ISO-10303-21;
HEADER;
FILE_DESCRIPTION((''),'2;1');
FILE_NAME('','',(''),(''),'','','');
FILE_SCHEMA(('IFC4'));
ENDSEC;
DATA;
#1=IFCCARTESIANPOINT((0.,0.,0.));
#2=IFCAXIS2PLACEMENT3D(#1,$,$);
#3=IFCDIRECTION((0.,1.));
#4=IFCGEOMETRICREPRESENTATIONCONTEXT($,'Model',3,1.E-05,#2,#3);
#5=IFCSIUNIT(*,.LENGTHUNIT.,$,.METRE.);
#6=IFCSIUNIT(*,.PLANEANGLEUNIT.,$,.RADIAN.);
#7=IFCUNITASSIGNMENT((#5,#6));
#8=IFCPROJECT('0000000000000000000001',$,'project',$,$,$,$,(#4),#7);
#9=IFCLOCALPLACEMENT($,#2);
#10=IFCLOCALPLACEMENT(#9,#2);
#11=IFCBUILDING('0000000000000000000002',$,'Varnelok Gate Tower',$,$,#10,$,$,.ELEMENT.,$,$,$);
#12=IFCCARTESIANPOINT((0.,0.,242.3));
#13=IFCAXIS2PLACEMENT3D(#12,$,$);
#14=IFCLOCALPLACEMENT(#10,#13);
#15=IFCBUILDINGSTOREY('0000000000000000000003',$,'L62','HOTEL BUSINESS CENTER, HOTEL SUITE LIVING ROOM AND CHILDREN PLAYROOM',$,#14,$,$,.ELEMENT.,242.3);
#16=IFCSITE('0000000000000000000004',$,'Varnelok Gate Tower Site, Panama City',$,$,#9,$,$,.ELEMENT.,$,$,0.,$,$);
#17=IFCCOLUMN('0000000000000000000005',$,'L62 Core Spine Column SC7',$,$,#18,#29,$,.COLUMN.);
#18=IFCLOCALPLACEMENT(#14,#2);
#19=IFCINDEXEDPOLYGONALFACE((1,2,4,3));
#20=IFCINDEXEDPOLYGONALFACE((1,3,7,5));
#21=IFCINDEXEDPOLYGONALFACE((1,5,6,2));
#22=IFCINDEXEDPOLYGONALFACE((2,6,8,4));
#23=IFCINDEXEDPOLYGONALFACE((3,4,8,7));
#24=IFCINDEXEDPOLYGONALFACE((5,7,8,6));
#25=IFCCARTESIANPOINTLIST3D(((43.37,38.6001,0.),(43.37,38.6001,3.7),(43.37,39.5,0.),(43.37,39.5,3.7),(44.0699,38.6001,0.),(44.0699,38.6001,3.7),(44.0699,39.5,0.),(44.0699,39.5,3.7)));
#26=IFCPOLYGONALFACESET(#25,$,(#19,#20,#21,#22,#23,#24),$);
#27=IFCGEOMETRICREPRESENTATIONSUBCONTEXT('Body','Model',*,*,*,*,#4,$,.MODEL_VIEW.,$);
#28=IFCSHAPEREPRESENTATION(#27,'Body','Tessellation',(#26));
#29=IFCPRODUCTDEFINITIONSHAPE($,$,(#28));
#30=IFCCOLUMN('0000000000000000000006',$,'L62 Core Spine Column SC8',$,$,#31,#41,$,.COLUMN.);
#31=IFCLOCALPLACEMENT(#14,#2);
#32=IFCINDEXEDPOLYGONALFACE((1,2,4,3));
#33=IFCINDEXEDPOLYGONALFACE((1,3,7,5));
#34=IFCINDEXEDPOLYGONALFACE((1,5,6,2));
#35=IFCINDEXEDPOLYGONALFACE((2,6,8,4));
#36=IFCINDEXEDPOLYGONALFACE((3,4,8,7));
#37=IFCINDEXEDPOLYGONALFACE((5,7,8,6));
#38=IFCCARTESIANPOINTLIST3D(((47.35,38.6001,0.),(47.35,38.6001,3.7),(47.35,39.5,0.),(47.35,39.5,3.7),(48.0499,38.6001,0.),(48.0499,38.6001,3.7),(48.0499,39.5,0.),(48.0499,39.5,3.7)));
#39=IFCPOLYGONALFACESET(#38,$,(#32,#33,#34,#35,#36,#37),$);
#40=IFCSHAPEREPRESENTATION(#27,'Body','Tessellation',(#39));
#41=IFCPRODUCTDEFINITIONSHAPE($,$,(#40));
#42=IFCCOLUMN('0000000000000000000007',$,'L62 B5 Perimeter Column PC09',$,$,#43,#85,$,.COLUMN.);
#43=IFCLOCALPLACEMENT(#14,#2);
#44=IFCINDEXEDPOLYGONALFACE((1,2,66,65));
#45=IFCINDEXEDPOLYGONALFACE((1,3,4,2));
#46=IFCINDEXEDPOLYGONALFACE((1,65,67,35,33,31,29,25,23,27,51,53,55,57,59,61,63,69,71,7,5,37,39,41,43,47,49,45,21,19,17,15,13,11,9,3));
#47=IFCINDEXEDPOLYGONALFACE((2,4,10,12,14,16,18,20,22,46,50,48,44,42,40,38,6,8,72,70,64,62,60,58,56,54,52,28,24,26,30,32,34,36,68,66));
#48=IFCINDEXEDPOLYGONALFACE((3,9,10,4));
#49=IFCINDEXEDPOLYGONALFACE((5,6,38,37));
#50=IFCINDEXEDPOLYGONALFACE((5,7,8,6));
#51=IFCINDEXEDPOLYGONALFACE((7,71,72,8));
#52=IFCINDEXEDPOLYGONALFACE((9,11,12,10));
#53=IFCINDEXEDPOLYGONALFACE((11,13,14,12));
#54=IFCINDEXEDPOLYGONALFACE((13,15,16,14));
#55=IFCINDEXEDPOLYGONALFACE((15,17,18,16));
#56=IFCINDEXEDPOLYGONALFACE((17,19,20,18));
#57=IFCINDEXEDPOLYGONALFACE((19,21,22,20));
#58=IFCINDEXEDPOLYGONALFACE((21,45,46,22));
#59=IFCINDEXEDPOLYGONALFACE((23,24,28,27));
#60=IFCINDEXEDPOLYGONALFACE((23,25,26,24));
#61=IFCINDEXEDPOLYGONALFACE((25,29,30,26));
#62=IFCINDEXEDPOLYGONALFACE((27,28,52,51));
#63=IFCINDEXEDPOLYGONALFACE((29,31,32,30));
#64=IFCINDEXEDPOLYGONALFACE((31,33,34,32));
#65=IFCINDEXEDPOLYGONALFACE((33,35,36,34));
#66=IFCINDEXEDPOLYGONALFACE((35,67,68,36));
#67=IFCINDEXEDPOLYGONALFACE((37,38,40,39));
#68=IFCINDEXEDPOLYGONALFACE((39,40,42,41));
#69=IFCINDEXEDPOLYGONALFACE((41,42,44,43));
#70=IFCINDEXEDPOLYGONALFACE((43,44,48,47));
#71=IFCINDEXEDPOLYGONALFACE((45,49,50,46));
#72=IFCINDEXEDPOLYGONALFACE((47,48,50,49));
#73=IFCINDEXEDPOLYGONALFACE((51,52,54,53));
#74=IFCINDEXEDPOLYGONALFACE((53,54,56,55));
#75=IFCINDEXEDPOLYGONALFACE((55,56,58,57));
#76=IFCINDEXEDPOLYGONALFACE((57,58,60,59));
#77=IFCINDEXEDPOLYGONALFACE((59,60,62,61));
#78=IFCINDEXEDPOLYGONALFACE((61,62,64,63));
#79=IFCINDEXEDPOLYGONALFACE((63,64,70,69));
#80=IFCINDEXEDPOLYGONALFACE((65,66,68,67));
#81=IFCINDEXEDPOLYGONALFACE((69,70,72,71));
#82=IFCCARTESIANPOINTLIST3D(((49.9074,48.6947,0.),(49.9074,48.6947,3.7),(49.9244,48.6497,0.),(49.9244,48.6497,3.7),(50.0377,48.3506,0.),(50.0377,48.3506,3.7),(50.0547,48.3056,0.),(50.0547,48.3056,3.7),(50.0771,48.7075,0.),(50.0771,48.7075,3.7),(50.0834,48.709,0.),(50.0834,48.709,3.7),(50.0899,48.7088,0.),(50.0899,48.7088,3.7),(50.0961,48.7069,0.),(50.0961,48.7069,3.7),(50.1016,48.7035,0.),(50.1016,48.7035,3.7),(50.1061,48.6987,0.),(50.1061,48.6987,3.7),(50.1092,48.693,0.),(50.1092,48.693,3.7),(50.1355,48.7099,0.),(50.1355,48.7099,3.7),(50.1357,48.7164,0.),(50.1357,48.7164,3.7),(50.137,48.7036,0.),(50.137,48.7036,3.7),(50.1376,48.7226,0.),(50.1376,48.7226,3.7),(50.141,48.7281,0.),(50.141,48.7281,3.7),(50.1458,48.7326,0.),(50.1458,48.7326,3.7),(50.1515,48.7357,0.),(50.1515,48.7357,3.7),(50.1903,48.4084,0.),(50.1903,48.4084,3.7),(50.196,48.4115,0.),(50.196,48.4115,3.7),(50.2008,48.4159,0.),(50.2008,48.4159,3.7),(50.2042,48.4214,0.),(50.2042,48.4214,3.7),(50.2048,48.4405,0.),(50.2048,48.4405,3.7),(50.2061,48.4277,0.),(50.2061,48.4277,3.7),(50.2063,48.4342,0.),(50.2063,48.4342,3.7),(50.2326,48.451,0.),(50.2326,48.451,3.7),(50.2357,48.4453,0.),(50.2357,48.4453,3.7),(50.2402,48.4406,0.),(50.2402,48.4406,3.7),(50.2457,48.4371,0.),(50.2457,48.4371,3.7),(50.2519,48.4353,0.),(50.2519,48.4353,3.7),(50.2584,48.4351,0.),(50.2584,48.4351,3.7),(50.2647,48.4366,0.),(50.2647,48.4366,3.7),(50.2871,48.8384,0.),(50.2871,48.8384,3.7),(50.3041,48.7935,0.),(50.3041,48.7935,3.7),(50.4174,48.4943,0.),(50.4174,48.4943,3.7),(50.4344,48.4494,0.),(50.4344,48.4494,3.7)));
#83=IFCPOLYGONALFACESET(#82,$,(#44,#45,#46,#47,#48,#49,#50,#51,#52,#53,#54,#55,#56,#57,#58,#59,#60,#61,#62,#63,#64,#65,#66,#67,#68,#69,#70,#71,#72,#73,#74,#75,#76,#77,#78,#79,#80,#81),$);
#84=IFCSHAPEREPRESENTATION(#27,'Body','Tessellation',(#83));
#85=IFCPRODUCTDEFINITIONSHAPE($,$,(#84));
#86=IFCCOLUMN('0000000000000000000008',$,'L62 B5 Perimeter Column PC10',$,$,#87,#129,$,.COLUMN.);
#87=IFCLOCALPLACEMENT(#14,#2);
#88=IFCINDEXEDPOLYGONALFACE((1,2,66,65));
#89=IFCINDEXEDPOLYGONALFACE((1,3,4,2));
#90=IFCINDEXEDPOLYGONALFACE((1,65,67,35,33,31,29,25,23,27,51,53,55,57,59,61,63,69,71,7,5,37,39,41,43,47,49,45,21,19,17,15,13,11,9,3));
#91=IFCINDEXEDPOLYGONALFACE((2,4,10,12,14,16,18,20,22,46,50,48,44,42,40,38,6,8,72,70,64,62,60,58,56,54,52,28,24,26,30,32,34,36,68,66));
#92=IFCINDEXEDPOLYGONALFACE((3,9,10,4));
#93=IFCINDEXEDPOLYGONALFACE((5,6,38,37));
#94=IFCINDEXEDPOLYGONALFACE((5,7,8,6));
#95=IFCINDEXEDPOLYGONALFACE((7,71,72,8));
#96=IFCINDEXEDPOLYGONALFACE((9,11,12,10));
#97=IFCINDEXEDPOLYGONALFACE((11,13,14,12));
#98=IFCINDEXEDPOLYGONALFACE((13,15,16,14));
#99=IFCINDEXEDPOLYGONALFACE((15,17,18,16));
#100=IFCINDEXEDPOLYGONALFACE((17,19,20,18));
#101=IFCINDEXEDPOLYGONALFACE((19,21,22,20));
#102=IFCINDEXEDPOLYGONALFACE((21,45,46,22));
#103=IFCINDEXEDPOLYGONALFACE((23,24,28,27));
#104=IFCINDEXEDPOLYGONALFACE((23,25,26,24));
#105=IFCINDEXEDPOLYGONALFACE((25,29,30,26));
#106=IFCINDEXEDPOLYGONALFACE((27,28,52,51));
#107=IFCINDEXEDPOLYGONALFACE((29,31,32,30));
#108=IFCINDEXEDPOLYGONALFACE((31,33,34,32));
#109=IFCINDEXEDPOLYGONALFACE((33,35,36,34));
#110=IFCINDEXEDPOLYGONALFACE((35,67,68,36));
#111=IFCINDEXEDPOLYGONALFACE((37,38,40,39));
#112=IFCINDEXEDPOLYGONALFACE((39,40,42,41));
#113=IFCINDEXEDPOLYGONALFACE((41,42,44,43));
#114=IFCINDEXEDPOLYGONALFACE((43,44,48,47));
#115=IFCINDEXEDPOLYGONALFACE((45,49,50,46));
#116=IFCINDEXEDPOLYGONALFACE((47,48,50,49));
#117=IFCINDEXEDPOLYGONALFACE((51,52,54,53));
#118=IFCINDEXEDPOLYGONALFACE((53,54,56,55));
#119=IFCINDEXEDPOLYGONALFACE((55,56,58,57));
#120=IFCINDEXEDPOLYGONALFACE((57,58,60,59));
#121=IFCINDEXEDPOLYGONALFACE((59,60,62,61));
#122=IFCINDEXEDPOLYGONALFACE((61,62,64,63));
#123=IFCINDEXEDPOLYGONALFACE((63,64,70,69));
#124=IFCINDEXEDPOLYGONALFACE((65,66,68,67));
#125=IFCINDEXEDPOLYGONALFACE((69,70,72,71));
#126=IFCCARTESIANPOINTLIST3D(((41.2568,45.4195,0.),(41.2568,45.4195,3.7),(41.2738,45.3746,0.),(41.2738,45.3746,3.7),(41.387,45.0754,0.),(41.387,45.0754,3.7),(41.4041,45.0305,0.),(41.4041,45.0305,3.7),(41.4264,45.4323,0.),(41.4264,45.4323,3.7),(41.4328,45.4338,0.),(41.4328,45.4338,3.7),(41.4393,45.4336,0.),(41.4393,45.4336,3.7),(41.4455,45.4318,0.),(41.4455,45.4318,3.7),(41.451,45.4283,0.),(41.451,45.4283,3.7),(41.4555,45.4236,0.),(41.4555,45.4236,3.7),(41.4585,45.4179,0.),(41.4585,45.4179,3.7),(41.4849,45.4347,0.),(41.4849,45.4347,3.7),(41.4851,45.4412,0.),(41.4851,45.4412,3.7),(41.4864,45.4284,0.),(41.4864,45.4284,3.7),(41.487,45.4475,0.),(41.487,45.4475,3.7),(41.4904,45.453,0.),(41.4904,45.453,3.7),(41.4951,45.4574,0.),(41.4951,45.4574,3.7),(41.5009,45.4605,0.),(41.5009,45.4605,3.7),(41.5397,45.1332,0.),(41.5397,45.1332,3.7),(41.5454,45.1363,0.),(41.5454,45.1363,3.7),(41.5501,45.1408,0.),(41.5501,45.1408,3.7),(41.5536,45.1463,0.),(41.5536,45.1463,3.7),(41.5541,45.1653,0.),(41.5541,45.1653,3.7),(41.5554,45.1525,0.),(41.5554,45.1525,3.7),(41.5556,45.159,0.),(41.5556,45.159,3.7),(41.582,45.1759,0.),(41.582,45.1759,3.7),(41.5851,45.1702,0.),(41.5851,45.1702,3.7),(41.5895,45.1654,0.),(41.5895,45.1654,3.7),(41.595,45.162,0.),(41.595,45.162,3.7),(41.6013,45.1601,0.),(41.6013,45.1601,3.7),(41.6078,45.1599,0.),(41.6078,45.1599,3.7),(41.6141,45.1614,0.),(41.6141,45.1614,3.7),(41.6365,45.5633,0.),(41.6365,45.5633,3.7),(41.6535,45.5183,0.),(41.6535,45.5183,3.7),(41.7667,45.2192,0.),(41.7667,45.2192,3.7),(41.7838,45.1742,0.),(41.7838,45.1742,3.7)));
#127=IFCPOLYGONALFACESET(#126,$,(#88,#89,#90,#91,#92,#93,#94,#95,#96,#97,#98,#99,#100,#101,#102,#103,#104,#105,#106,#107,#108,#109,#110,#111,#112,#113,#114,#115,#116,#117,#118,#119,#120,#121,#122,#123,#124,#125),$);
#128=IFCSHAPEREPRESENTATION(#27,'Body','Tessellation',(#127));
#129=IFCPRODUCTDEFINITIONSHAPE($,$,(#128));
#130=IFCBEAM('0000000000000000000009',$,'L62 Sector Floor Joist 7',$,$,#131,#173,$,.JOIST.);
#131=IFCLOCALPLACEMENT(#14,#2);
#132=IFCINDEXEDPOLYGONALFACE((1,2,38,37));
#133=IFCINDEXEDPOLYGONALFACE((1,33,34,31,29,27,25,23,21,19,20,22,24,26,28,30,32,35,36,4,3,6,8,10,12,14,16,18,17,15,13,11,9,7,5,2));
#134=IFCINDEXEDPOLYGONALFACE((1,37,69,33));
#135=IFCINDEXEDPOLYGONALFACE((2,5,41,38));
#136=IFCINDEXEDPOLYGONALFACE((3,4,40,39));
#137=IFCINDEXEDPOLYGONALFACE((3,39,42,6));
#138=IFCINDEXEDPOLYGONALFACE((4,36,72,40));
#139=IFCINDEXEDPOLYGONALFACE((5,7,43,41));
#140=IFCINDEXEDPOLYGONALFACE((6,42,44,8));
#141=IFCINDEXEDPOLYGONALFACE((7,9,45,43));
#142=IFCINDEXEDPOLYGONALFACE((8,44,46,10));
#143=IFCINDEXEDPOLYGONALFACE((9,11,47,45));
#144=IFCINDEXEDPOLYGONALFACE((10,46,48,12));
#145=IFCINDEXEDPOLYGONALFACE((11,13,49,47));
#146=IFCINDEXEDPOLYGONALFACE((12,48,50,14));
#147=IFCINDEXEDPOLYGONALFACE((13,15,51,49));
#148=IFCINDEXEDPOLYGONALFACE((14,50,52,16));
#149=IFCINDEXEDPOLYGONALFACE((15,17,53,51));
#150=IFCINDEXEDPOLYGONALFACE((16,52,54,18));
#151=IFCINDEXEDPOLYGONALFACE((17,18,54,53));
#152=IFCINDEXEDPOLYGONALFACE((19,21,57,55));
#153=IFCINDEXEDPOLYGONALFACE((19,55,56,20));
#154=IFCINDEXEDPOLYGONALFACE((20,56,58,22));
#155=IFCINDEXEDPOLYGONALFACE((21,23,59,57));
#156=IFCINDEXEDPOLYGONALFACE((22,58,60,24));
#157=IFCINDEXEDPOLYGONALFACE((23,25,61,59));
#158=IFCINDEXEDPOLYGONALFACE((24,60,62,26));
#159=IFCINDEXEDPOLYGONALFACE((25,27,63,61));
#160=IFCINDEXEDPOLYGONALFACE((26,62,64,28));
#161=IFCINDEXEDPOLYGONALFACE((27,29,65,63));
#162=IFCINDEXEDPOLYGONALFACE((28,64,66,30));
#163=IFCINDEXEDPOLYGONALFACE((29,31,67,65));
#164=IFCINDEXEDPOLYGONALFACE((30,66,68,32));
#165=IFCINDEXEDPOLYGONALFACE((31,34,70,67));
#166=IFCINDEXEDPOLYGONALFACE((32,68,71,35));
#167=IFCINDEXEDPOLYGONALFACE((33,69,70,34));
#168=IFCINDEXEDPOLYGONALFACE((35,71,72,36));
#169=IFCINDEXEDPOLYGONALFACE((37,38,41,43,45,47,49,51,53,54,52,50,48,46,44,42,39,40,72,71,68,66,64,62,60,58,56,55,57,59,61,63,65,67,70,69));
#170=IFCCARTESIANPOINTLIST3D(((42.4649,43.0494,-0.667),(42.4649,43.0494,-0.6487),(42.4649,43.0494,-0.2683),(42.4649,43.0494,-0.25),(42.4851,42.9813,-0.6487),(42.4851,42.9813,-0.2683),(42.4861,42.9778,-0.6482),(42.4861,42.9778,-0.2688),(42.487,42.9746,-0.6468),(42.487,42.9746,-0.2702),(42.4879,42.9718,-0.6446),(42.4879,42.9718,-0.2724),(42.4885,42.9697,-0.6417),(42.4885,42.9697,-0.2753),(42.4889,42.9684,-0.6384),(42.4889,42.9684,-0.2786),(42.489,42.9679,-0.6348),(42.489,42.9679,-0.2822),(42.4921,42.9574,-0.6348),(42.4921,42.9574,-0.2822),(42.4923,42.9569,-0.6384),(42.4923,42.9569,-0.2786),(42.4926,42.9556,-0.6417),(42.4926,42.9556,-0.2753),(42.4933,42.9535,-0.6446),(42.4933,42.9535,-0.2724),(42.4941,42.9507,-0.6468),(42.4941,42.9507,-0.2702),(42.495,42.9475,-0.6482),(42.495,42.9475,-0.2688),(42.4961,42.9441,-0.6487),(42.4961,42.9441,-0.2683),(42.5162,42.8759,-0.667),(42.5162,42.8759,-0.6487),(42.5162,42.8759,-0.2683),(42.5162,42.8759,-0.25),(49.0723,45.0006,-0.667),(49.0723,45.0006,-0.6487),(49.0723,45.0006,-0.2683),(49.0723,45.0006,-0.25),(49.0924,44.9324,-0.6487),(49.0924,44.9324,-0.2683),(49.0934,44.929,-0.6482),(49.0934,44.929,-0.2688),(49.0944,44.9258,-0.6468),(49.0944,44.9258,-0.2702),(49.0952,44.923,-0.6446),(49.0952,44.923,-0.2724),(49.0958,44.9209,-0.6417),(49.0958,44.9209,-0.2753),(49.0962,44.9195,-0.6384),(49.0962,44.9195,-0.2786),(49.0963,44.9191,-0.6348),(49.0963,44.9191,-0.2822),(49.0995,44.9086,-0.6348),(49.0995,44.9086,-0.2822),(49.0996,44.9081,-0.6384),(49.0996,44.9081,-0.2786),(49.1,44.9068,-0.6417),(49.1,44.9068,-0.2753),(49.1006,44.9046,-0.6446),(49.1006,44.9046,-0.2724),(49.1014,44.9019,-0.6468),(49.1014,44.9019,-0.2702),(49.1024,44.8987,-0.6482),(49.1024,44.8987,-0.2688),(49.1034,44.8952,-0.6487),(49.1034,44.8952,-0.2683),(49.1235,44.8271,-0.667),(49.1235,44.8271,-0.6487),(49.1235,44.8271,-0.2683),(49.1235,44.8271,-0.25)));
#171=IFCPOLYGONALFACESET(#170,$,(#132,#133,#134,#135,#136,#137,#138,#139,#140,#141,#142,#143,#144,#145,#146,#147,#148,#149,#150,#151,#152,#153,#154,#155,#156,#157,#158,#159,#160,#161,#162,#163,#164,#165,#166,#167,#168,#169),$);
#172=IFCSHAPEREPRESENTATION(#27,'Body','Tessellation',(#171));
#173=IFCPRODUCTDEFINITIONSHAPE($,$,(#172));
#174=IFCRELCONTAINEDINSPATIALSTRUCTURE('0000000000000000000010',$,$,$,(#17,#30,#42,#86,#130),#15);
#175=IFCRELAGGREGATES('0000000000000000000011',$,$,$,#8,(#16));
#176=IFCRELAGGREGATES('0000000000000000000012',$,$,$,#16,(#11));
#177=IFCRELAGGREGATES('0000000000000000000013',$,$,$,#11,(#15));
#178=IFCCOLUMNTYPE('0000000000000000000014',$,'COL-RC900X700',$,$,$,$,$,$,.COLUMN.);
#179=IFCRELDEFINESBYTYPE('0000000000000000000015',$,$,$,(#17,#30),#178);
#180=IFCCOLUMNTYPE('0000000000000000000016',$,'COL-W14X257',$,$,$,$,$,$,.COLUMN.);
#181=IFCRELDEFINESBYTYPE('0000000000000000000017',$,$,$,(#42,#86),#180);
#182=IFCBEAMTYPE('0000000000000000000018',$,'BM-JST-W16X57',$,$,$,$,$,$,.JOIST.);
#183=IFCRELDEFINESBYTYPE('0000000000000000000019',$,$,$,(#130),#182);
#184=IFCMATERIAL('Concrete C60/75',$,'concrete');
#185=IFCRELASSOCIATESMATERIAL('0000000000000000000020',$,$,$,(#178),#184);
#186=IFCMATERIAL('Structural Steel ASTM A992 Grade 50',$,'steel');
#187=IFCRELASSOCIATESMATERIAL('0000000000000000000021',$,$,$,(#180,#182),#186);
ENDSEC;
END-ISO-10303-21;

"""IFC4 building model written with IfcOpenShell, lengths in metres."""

from ifc_helpers import new_model, si_unit, direction, frame, origin, origin_2d, place, context, subcontext, project, spatial, rectangle, i_section, extrude, material, material_profile, profile_set, type_object, element, save


model = new_model("IFC4")

# Units and contexts
model_context = context("Model", 3, precision=1e-05, world=origin(), true_north=direction((0.0, 1.0)))
body_context = subcontext(model_context, "Body", "Model", "MODEL_VIEW")
ifc_project = project(units=[si_unit("LENGTHUNIT", "METRE"), si_unit("PLANEANGLEUNIT", "RADIAN")], contexts=[model_context])

# Site, building, storey
site_placement = place(None, origin())
site = spatial("IfcSite", under=ifc_project, at=site_placement, Name="Varnelok Gate Tower Site, Panama City", CompositionType="ELEMENT", RefElevation=0.0)
building_placement = place(site_placement, origin())
building = spatial("IfcBuilding", under=site, at=building_placement, Name="Varnelok Gate Tower", CompositionType="ELEMENT")
storey_placement = place(building_placement, frame((0.0, 0.0, 242.3)))
storey = spatial("IfcBuildingStorey", under=building, at=storey_placement, Name="L62", Description="HOTEL BUSINESS CENTER, HOTEL SUITE LIVING ROOM AND CHILDREN PLAYROOM", CompositionType="ELEMENT", Elevation=242.3)

# Columns
ifc_material_1 = material(Name="Concrete C60/75", Category="concrete")
ifc_material_profile_1 = material_profile(ifc_material_1, rectangle(XDim=0.7, YDim=0.8999, at=origin_2d()), Name="RC900X700")
ifc_profile_set_1 = profile_set([ifc_material_profile_1], Name="Concrete C60/75")
column_type_1 = type_object("IfcColumnType", Name="COL-RC900X700", PredefinedType="COLUMN", material=ifc_profile_set_1)
for number, where, z_axis, x_axis, name in (
    (1, (43.72, 39.05, 0.0), (0.0, 0.0, 1.0), (1.0, 0.0, 0.0), "L62 Core Spine Column SC7"),
    (2, (47.7, 39.05, 0.0), (0.0, 0.0, 1.0), (1.0, 0.0, 0.0), "L62 Core Spine Column SC8"),
):
    element("IfcColumn", number, at=place(storey_placement, frame(where, z_axis=z_axis, x_axis=x_axis)), inside=storey, type_object=column_type_1, Name=name, PredefinedType="COLUMN", context=body_context, shape_type="SweptSolid", body=[
        extrude(rectangle(XDim=0.7, YDim=0.8999, at=origin_2d()), origin(), (0.0, 0.0, 1.0), 3.7),
    ])
ifc_material_2 = material(Name="Structural Steel ASTM A992 Grade 50", Category="steel")
ifc_material_profile_2 = material_profile(ifc_material_2, i_section(OverallWidth=0.406, OverallDepth=0.416, WebThickness=0.0298, FlangeThickness=0.0481, FilletRadius=0.0249, at=origin_2d()), Name="W14X257")
ifc_profile_set_2 = profile_set([ifc_material_profile_2], Name="Structural Steel ASTM A992 Grade 50")
column_type_2 = type_object("IfcColumnType", Name="COL-W14X257", PredefinedType="COLUMN", material=ifc_profile_set_2)
for number, where, z_axis, x_axis, name in (
    (3, (50.1709, 48.572, 0.0), (0.0, 0.0, 1.0), (0.935222, 0.354063, 0.0), "L62 B5 Perimeter Column PC09"),
    (4, (41.5203, 45.2969, 0.0), (0.0, 0.0, 1.0), (0.935222, 0.354063, 0.0), "L62 B5 Perimeter Column PC10"),
):
    element("IfcColumn", number, at=place(storey_placement, frame(where, z_axis=z_axis, x_axis=x_axis)), inside=storey, type_object=column_type_2, Name=name, PredefinedType="COLUMN", context=body_context, shape_type="SweptSolid", body=[
        extrude(i_section(OverallWidth=0.406, OverallDepth=0.416, WebThickness=0.0298, FlangeThickness=0.0481, FilletRadius=0.0249, at=origin_2d()), origin(), (0.0, 0.0, 1.0), 3.7),
    ])

# Beam
ifc_material_profile_3 = material_profile(ifc_material_2, i_section(OverallWidth=0.1809, OverallDepth=0.417, WebThickness=0.011, FlangeThickness=0.0183, FilletRadius=0.0139, at=origin_2d()), Name="W16X57")
ifc_profile_set_3 = profile_set([ifc_material_profile_3], Name="Structural Steel ASTM A992 Grade 50")
beam_type_1 = type_object("IfcBeamType", Name="BM-JST-W16X57", PredefinedType="JOIST", material=ifc_profile_set_3)
beam_1_placement = place(storey_placement, frame((49.0979, 44.9138, -0.4585), z_axis=(-0.959058, -0.28321, 0.0), x_axis=(0.28321, -0.959058, 0.0)))
element("IfcBeam", 5, at=beam_1_placement, inside=storey, type_object=beam_type_1, Name="L62 Sector Floor Joist 7", PredefinedType="JOIST", context=body_context, shape_type="SweptSolid", body=[
    extrude(i_section(OverallWidth=0.1809, OverallDepth=0.417, WebThickness=0.011, FlangeThickness=0.0183, FilletRadius=0.0139, at=origin_2d()), origin(), (0.0, 0.0, 1.0), 6.8894),
])

save(model, "model.ifc")
